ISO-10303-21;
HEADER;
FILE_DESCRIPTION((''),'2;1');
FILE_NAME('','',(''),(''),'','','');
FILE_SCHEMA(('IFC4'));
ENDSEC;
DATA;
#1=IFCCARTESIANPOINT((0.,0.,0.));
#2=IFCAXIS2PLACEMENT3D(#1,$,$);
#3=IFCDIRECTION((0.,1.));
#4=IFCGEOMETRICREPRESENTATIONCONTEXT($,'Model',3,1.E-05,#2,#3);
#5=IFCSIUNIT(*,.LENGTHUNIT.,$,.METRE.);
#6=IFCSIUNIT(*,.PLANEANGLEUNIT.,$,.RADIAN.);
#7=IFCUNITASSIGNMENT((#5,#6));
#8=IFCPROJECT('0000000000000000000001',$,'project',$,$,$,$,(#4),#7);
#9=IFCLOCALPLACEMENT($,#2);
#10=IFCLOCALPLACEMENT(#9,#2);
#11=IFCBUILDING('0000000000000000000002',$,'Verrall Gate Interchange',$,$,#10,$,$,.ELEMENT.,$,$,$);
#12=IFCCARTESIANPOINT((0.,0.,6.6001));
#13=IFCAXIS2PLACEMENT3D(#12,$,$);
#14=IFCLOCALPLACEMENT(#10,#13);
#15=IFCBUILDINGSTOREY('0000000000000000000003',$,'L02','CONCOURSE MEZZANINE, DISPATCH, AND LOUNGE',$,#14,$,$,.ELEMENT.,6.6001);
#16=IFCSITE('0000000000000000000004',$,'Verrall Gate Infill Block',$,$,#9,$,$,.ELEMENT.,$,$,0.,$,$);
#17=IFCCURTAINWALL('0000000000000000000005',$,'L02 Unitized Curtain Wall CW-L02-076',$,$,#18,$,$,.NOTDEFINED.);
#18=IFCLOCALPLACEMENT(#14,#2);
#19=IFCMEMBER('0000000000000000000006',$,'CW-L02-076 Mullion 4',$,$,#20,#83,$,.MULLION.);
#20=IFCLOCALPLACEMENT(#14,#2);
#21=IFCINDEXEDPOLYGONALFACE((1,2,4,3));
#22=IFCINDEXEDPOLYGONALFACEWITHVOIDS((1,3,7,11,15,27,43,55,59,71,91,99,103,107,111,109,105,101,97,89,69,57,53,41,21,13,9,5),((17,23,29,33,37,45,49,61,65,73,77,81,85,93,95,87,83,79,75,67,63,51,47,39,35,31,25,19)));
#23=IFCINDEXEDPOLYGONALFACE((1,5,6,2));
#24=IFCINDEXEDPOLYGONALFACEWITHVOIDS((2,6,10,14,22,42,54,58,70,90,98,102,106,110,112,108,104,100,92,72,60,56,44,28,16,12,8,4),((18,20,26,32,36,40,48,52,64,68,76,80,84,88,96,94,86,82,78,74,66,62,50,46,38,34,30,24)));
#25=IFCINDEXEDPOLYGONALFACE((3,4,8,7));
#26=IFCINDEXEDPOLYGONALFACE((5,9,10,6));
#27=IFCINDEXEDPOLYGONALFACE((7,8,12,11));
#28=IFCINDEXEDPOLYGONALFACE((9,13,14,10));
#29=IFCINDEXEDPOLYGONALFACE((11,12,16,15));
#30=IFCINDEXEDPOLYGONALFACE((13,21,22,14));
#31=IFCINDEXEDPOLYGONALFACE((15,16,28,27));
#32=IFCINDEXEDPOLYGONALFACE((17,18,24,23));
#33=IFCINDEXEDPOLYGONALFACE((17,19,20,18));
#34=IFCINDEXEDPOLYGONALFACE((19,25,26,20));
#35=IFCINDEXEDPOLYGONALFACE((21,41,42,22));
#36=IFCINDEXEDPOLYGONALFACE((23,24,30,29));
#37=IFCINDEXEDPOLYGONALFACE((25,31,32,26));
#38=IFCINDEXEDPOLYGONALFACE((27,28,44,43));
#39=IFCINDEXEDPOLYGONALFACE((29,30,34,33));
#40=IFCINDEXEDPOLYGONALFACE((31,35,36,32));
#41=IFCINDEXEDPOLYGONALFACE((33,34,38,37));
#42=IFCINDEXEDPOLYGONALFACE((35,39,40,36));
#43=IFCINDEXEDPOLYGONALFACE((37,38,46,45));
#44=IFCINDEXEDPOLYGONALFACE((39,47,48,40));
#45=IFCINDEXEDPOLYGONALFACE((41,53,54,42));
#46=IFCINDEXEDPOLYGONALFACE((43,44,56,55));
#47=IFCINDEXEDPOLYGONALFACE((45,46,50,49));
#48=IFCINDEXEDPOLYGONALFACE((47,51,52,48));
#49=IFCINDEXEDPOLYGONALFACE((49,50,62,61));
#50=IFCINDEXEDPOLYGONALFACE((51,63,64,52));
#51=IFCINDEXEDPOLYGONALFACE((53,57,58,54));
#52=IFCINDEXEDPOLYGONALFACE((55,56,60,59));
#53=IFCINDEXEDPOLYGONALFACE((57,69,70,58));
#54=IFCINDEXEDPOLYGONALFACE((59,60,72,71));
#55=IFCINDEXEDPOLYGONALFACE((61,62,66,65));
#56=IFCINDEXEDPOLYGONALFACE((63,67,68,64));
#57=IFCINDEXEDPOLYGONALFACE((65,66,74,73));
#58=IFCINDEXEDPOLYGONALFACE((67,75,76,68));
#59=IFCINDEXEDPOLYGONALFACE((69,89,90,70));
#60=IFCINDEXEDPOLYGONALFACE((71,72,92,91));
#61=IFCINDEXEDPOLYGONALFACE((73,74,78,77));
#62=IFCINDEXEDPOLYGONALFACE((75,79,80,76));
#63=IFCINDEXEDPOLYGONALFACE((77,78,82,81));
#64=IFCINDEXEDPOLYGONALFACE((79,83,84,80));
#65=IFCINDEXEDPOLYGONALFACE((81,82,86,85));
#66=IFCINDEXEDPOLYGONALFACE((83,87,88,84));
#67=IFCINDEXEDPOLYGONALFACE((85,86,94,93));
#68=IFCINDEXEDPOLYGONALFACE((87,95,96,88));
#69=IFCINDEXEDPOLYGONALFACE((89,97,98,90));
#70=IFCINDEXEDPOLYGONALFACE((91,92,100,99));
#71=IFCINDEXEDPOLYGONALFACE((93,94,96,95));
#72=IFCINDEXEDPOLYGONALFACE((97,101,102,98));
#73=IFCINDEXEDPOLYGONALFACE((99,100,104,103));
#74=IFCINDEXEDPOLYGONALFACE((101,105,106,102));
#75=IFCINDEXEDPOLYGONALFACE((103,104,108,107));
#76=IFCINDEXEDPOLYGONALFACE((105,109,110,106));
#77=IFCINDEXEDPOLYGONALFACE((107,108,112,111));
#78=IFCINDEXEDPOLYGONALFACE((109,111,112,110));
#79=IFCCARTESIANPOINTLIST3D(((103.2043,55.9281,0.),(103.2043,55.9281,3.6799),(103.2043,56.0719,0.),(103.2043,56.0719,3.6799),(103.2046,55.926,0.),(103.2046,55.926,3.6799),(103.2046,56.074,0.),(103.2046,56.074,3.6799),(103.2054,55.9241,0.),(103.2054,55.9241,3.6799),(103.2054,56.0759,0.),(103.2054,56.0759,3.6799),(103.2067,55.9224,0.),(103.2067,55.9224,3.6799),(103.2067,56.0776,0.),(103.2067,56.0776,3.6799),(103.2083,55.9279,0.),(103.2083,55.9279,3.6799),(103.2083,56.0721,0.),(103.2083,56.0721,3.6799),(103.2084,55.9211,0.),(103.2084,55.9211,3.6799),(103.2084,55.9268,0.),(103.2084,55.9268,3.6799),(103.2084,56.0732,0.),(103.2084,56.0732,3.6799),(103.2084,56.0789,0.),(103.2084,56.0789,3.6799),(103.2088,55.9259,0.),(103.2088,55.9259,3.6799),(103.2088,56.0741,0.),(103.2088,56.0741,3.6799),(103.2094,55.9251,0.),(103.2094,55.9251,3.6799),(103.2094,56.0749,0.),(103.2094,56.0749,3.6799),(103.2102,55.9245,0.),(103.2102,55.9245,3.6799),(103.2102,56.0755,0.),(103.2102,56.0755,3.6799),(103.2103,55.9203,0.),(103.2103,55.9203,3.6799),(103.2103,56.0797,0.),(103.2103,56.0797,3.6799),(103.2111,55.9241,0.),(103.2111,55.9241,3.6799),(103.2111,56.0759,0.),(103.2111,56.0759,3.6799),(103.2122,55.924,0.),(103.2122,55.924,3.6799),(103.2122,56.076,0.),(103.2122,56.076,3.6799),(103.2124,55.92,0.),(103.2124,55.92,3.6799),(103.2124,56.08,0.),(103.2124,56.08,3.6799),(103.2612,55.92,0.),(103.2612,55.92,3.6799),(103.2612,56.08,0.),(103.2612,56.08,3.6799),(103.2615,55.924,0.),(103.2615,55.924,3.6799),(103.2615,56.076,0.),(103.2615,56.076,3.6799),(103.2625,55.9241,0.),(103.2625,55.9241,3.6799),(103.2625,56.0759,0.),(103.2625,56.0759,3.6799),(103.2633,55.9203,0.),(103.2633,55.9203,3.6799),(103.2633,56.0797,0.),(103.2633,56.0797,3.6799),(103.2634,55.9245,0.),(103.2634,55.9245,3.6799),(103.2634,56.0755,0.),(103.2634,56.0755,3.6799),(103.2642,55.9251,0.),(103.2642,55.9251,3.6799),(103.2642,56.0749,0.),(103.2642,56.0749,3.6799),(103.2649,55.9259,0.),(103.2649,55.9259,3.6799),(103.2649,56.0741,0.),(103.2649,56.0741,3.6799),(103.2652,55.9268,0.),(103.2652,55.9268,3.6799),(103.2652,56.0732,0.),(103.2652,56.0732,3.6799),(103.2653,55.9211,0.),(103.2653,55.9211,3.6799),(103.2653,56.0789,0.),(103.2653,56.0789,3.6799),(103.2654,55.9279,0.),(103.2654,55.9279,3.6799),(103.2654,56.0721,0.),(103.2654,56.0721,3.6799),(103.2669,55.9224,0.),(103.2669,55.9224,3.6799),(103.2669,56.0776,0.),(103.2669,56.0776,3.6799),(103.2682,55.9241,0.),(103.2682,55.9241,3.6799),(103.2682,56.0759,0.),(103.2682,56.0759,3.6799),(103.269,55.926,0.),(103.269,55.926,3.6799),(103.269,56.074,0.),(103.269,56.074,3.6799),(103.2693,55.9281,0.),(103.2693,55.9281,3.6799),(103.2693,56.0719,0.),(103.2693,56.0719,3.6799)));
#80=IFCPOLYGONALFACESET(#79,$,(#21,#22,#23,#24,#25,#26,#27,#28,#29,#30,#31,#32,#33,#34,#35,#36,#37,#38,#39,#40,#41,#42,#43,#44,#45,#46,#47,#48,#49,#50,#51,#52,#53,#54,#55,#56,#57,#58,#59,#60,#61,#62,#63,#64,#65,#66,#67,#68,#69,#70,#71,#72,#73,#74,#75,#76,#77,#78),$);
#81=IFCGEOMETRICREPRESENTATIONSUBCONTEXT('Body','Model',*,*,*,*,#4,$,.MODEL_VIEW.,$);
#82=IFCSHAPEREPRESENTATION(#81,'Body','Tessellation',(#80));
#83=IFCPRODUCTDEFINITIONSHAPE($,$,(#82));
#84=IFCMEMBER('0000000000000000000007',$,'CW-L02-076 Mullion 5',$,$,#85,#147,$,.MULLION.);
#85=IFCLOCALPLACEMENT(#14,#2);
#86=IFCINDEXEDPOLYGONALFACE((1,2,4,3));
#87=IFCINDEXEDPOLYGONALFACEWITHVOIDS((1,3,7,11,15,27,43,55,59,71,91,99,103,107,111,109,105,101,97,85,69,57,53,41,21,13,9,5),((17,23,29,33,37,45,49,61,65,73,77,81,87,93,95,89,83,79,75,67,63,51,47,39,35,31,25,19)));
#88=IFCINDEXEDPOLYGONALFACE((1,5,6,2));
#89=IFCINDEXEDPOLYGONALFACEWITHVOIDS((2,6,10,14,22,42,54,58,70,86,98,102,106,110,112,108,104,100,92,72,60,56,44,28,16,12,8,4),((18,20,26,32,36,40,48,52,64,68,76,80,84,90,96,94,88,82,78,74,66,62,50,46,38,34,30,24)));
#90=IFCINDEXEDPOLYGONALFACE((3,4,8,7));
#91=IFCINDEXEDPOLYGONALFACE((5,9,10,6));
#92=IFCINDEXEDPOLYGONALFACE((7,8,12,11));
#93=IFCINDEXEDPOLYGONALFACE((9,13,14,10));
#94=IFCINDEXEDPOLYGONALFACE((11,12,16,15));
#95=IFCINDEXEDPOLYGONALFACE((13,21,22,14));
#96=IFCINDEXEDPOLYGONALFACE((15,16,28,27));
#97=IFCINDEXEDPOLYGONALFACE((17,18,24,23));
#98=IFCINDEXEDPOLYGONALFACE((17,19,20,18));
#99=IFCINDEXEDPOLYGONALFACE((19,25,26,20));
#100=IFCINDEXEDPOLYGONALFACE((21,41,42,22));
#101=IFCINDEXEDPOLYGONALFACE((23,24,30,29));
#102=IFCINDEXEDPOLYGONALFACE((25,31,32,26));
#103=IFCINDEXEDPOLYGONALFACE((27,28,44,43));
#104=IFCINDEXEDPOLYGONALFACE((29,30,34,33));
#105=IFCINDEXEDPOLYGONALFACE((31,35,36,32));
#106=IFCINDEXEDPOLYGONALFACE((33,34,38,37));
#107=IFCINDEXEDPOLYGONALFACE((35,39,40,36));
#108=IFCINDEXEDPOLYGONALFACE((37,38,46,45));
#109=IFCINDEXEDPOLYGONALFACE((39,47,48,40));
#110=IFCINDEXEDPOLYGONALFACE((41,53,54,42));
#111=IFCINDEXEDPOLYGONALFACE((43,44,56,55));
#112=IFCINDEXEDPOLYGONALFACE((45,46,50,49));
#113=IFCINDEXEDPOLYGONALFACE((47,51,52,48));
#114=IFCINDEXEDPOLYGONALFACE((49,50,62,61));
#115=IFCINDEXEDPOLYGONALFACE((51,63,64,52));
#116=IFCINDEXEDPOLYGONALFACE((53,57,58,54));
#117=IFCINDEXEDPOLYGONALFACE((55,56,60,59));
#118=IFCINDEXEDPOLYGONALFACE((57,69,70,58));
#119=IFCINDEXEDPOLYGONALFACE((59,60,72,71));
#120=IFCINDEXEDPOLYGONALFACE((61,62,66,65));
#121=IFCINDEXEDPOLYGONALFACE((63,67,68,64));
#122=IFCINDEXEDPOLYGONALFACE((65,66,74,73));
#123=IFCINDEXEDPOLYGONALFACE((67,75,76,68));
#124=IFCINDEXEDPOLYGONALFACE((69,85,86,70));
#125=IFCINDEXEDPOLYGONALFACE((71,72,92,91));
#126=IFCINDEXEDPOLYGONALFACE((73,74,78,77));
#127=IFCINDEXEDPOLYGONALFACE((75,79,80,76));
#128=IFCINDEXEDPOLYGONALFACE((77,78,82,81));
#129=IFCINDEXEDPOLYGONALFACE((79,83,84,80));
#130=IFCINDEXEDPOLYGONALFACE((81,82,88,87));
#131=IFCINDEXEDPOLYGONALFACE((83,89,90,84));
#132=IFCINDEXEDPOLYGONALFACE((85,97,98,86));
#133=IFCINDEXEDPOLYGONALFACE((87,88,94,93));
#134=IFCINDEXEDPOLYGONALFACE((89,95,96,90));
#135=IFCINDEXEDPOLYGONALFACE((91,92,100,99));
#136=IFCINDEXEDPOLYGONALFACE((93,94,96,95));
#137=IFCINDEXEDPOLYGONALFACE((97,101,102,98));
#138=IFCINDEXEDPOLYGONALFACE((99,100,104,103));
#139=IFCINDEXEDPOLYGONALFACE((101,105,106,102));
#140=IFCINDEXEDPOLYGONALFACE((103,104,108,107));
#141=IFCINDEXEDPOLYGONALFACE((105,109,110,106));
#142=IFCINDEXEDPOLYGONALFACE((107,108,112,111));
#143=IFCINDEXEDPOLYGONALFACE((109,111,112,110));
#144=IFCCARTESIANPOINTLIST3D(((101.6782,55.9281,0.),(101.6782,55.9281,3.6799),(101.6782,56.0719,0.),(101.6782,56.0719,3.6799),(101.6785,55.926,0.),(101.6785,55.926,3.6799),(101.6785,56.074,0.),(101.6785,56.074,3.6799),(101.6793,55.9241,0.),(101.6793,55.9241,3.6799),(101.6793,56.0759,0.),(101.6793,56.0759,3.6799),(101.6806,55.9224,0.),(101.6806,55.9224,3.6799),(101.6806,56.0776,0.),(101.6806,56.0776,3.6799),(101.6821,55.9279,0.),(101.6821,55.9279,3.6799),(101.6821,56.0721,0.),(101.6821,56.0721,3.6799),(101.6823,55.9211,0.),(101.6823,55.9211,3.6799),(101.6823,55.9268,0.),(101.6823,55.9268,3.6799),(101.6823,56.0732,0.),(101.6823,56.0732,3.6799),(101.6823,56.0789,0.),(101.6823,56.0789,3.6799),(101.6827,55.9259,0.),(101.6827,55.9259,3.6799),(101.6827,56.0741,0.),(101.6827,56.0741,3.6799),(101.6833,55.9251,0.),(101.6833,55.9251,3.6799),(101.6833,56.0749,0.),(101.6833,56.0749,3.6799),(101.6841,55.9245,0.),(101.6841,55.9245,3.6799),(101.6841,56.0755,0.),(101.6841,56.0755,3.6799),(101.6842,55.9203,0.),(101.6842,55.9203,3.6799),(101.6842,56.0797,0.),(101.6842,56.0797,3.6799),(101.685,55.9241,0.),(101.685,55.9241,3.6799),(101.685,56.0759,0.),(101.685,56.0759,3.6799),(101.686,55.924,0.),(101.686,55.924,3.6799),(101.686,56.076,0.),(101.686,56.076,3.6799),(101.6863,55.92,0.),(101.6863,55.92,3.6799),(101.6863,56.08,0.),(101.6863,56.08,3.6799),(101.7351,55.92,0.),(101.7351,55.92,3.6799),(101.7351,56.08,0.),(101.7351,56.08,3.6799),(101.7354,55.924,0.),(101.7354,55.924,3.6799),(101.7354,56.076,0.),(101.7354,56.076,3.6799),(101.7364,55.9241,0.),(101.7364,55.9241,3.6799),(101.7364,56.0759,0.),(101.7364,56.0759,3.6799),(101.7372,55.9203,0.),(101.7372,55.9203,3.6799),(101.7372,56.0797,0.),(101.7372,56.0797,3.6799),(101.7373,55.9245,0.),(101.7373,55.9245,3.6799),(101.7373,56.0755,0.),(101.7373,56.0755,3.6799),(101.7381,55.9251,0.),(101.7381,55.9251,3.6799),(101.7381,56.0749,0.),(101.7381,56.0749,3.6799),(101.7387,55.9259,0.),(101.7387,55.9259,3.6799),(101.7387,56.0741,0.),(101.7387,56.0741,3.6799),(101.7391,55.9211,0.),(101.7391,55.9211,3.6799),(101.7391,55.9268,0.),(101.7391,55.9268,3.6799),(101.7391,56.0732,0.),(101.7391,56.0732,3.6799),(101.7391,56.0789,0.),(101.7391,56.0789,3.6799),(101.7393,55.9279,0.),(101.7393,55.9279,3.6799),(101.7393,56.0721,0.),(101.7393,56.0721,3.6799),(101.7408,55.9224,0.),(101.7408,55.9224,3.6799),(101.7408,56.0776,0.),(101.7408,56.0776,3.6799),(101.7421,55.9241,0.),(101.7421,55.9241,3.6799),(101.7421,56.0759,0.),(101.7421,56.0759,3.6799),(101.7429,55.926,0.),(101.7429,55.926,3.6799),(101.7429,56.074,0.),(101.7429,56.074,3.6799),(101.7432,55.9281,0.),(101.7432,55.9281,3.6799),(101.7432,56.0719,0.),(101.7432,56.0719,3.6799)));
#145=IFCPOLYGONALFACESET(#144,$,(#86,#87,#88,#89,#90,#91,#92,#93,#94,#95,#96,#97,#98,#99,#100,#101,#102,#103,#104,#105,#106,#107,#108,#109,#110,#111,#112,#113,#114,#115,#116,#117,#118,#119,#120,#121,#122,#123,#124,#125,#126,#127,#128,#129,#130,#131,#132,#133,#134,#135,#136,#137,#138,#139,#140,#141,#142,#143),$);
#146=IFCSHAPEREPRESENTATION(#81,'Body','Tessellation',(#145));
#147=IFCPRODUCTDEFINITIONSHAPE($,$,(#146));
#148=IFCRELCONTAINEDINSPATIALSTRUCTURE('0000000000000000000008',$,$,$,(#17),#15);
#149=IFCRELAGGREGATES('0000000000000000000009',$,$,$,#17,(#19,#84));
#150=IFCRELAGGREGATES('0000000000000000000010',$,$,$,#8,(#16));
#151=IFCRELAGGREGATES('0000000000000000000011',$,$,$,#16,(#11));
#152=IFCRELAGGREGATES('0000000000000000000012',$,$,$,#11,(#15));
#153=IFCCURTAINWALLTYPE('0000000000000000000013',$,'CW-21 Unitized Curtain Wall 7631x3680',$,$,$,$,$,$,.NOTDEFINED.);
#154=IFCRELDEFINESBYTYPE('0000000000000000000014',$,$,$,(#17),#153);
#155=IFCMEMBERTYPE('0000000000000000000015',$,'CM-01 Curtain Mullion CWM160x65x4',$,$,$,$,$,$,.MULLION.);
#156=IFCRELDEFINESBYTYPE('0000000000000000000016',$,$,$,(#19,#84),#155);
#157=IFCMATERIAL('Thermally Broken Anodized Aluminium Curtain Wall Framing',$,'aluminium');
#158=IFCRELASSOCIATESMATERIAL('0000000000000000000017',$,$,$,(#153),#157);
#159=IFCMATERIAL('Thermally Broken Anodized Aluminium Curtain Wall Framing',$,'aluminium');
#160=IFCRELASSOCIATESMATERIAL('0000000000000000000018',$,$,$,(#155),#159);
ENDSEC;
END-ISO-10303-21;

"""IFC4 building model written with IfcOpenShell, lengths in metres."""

from ifc_helpers import new_model, si_unit, direction, frame, origin, origin_2d, place, context, subcontext, project, spatial, hollow_rectangle, extrude, material, material_profile, profile_set, type_object, element, aggregate, save


model = new_model("IFC4")

# Units and contexts
model_context = context("Model", 3, precision=1e-05, world=origin(), true_north=direction((0.0, 1.0)))
body_context = subcontext(model_context, "Body", "Model", "MODEL_VIEW")
ifc_project = project(units=[si_unit("LENGTHUNIT", "METRE"), si_unit("PLANEANGLEUNIT", "RADIAN")], contexts=[model_context])

# Site, building, storey
site_placement = place(None, origin())
site = spatial("IfcSite", under=ifc_project, at=site_placement, Name="Verrall Gate Infill Block", CompositionType="ELEMENT", RefElevation=0.0)
building_placement = place(site_placement, origin())
building = spatial("IfcBuilding", under=site, at=building_placement, Name="Verrall Gate Interchange", CompositionType="ELEMENT")
storey_placement = place(building_placement, frame((0.0, 0.0, 6.6001)))
storey = spatial("IfcBuildingStorey", under=building, at=storey_placement, Name="L02", Description="CONCOURSE MEZZANINE, DISPATCH, AND LOUNGE", CompositionType="ELEMENT", Elevation=6.6001)

# Curtain wall, members
ifc_material_1 = material(Name="Thermally Broken Anodized Aluminium Curtain Wall Framing", Category="aluminium")
curtain_wall_type_1 = type_object("IfcCurtainWallType", Name="CW-21 Unitized Curtain Wall 7631x3680", PredefinedType="NOTDEFINED", material=ifc_material_1)
curtain_wall_1_placement = place(storey_placement, origin())
curtain_wall_1 = element("IfcCurtainWall", 1, at=curtain_wall_1_placement, inside=storey, type_object=curtain_wall_type_1, Name="L02 Unitized Curtain Wall CW-L02-076", PredefinedType="NOTDEFINED")
ifc_material_2 = material(Name="Thermally Broken Anodized Aluminium Curtain Wall Framing", Category="aluminium")
ifc_material_profile_1 = material_profile(ifc_material_2, hollow_rectangle(XDim=0.0649, YDim=0.1599, WallThickness=0.0039, InnerFilletRadius=0.0039, OuterFilletRadius=0.0081, at=origin_2d()), Name="CWM160x65x4")
ifc_profile_set_1 = profile_set([ifc_material_profile_1], Name="Thermally Broken Anodized Aluminium Curtain Wall Framing")
member_type_1 = type_object("IfcMemberType", Name="CM-01 Curtain Mullion CWM160x65x4", PredefinedType="MULLION", material=ifc_profile_set_1)
member_1_placement = place(storey_placement, frame((103.2368, 56.0, 0.0), z_axis=(0.0, 0.0, 1.0), x_axis=(-1.0, 0.0, 0.0)))
member_1 = element("IfcMember", 2, at=member_1_placement, type_object=member_type_1, Name="CW-L02-076 Mullion 4", PredefinedType="MULLION", context=body_context, shape_type="SweptSolid", body=[
    extrude(hollow_rectangle(XDim=0.0649, YDim=0.1599, WallThickness=0.0039, InnerFilletRadius=0.0039, OuterFilletRadius=0.0081, at=origin_2d()), origin(), (0.0, 0.0, 1.0), 3.6799),
])
member_2_placement = place(storey_placement, frame((101.7107, 56.0, 0.0), z_axis=(0.0, 0.0, 1.0), x_axis=(-1.0, 0.0, 0.0)))
member_2 = element("IfcMember", 3, at=member_2_placement, type_object=member_type_1, Name="CW-L02-076 Mullion 5", PredefinedType="MULLION", context=body_context, shape_type="SweptSolid", body=[
    extrude(hollow_rectangle(XDim=0.0649, YDim=0.1599, WallThickness=0.0039, InnerFilletRadius=0.0039, OuterFilletRadius=0.0081, at=origin_2d()), origin(), (0.0, 0.0, 1.0), 3.6799),
])

aggregate(curtain_wall_1, [member_1, member_2])

save(model, "model.ifc")
